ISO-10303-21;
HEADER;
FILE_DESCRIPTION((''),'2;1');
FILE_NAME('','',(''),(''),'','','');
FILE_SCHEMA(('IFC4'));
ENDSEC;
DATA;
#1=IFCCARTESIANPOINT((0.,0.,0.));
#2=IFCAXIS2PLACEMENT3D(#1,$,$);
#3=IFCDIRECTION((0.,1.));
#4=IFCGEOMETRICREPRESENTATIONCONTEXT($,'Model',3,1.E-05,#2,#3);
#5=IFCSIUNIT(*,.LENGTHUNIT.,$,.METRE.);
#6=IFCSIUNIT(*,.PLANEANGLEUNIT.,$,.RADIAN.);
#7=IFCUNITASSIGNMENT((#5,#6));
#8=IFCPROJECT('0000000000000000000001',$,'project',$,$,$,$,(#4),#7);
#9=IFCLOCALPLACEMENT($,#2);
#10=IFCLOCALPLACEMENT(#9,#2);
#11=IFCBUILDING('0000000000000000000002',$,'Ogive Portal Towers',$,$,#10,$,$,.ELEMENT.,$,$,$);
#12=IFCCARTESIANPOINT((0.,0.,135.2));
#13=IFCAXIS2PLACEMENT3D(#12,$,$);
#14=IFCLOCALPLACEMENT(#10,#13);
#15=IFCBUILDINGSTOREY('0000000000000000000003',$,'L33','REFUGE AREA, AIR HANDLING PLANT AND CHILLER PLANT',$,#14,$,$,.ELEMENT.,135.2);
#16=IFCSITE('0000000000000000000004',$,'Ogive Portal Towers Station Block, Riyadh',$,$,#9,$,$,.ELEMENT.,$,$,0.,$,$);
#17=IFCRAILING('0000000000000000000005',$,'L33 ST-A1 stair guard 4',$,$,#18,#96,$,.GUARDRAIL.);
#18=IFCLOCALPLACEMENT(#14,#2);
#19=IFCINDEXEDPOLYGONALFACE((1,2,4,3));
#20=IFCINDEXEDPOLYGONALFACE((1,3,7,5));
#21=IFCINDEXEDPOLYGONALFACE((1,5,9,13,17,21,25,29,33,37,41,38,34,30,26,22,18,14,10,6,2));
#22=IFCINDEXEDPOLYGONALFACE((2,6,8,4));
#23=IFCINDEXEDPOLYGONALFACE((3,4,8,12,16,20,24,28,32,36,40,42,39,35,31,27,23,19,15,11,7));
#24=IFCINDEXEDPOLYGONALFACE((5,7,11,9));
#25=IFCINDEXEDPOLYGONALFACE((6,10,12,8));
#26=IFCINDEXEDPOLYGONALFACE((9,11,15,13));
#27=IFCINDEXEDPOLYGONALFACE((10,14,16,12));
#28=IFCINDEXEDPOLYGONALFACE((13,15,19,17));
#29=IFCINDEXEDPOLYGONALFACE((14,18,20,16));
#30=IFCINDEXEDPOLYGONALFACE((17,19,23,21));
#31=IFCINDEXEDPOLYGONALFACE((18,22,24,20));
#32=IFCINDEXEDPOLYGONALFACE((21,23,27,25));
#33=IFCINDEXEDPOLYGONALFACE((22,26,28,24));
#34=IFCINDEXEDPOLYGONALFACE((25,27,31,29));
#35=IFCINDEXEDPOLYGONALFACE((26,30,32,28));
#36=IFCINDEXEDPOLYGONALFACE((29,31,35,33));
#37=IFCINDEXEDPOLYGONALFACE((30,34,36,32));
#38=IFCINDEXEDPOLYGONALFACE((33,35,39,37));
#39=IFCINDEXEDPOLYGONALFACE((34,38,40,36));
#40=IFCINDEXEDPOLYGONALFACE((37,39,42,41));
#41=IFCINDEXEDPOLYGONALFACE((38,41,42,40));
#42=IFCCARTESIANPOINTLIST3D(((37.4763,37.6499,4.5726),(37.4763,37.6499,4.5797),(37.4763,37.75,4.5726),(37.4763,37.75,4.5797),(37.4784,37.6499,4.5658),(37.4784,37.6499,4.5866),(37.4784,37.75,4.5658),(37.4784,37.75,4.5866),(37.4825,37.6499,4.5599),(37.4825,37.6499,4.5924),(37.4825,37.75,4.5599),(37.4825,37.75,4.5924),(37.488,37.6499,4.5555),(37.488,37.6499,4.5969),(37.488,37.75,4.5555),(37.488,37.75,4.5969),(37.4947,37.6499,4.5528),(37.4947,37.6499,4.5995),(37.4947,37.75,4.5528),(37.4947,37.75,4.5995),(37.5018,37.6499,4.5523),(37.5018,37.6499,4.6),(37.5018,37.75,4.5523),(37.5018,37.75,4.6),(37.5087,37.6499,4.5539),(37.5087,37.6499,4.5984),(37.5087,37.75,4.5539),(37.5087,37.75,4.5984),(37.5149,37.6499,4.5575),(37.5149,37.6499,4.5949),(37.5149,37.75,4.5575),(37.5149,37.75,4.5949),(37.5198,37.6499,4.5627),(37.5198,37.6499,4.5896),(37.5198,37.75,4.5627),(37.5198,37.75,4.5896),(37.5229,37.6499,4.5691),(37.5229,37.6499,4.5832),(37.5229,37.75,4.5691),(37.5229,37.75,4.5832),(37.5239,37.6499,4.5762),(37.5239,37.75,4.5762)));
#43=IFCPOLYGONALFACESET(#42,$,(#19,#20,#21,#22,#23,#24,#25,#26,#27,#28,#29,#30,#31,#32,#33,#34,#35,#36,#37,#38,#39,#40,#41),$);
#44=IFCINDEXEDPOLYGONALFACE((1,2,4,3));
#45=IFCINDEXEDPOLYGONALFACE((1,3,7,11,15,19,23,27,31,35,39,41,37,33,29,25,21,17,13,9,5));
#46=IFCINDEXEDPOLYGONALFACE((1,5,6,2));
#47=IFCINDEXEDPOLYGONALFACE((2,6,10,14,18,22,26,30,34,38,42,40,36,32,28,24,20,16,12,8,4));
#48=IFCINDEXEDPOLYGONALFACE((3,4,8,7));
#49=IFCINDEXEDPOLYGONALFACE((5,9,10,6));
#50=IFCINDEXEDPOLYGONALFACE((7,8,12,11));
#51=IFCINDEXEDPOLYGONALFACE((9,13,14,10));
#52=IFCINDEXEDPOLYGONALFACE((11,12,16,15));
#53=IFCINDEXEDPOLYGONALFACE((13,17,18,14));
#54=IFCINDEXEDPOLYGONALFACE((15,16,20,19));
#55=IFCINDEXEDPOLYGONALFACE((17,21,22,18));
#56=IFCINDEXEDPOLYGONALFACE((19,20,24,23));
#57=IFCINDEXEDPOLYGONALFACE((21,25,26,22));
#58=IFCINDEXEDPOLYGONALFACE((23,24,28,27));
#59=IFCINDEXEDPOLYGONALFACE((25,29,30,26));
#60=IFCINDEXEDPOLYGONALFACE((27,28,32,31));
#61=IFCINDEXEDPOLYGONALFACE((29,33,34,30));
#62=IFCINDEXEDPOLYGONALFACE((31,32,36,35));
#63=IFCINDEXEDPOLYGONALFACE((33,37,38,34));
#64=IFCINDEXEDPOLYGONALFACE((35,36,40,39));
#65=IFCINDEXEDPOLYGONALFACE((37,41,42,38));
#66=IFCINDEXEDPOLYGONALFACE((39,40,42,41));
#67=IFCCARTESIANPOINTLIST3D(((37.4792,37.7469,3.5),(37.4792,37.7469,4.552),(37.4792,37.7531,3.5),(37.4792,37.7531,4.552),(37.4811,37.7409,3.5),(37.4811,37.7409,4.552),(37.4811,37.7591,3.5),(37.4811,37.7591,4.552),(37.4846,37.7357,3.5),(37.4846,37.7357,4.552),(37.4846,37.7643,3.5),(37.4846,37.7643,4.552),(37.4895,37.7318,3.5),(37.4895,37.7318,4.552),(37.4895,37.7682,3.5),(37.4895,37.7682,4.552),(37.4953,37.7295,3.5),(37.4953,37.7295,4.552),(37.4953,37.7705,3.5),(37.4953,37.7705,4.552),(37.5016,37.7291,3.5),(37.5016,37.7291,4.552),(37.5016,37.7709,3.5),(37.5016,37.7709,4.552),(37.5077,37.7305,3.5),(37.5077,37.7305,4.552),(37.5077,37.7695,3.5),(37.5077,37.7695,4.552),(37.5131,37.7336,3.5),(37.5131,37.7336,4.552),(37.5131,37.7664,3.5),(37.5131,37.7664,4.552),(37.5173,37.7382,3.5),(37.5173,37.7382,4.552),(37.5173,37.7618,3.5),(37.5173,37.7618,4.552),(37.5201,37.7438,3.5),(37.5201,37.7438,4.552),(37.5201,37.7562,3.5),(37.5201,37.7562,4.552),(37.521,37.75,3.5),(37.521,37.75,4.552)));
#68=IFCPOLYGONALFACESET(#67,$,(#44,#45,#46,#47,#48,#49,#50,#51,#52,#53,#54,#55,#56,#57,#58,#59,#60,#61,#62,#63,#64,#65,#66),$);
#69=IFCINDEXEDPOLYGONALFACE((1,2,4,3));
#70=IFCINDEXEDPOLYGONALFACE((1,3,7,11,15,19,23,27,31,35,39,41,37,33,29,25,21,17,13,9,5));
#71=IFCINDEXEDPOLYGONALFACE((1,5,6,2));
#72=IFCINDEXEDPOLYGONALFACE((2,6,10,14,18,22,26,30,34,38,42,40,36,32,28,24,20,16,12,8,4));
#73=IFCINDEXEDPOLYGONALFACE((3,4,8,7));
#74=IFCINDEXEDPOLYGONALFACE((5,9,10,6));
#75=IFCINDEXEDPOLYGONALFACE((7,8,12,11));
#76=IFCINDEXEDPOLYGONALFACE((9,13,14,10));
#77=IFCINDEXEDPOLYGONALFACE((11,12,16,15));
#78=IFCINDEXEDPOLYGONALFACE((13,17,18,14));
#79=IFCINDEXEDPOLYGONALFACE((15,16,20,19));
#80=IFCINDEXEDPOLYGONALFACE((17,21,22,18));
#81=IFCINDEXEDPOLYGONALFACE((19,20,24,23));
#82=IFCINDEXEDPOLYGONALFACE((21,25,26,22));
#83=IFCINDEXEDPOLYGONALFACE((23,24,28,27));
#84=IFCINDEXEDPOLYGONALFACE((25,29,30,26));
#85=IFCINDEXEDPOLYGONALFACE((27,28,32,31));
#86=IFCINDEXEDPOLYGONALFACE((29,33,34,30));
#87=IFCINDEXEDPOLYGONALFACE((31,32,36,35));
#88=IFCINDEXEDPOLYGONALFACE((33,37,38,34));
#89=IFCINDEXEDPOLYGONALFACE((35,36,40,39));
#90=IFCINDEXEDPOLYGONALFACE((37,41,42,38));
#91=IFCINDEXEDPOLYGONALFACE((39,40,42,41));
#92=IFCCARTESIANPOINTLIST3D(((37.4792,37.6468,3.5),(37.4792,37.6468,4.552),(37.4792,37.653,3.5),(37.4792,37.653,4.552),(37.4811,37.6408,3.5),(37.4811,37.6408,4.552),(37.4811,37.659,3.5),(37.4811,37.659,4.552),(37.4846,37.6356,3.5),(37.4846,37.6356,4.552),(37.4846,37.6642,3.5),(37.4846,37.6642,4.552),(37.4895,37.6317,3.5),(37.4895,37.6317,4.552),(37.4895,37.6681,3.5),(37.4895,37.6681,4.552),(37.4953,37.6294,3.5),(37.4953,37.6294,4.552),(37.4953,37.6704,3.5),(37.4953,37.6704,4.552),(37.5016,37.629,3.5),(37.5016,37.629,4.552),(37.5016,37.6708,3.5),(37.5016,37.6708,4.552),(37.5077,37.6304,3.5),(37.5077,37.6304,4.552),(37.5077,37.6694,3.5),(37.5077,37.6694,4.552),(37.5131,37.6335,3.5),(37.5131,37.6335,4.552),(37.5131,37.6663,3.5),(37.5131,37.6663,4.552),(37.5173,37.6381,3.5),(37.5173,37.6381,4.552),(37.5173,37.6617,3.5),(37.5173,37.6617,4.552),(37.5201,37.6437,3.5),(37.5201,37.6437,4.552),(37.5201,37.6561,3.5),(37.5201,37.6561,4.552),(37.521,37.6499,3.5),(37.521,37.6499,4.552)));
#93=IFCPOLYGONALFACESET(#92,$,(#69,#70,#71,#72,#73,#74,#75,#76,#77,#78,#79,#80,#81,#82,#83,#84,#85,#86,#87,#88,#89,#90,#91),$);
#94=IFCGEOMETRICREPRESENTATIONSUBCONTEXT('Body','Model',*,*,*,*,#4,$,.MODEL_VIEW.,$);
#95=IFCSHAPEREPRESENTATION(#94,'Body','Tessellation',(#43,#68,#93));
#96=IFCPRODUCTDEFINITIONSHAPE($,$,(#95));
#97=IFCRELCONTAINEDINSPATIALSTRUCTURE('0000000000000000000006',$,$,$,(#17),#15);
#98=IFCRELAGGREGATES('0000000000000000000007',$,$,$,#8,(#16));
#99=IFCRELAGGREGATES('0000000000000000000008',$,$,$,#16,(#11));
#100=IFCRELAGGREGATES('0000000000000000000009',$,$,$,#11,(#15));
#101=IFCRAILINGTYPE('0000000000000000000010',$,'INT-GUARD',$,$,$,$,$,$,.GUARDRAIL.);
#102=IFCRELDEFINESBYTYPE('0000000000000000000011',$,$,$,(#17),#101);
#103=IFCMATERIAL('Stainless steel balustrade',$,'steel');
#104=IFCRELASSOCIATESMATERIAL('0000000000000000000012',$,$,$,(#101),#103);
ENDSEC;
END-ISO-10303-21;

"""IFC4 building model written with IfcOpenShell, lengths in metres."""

from ifc_helpers import new_model, si_unit, direction, frame, origin, origin_2d, place, context, subcontext, project, spatial, circle, extrude, material, type_object, element, save


model = new_model("IFC4")

# Units and contexts
model_context = context("Model", 3, precision=1e-05, world=origin(), true_north=direction((0.0, 1.0)))
body_context = subcontext(model_context, "Body", "Model", "MODEL_VIEW")
ifc_project = project(units=[si_unit("LENGTHUNIT", "METRE"), si_unit("PLANEANGLEUNIT", "RADIAN")], contexts=[model_context])

# Site, building, storey
site_placement = place(None, origin())
site = spatial("IfcSite", under=ifc_project, at=site_placement, Name="Ogive Portal Towers Station Block, Riyadh", CompositionType="ELEMENT", RefElevation=0.0)
building_placement = place(site_placement, origin())
building = spatial("IfcBuilding", under=site, at=building_placement, Name="Ogive Portal Towers", CompositionType="ELEMENT")
storey_placement = place(building_placement, frame((0.0, 0.0, 135.2)))
storey = spatial("IfcBuildingStorey", under=building, at=storey_placement, Name="L33", Description="REFUGE AREA, AIR HANDLING PLANT AND CHILLER PLANT", CompositionType="ELEMENT", Elevation=135.2)

# Railing
ifc_material_1 = material(Name="Stainless steel balustrade", Category="steel")
railing_type_1 = type_object("IfcRailingType", Name="INT-GUARD", PredefinedType="GUARDRAIL", material=ifc_material_1)
railing_1_placement = place(storey_placement, frame((37.5, 37.75, 3.5)))
element("IfcRailing", 1, at=railing_1_placement, inside=storey, type_object=railing_type_1, Name="L33 ST-A1 stair guard 4", PredefinedType="GUARDRAIL", context=body_context, shape_type="SweptSolid", body=[
    extrude(circle(Radius=0.0239, at=origin_2d()), frame((0.0, 0.0, 1.0762), z_axis=(0.0, -1.0, 0.0), x_axis=(1.0, 0.0, 0.0)), (0.0, 0.0, 1.0), 0.1001),
    extrude(circle(Radius=0.021, at=origin_2d()), origin(), (0.0, 0.0, 1.0), 1.052),
    extrude(circle(Radius=0.021, at=origin_2d()), frame((0.0, -0.1001, 0.0)), (0.0, 0.0, 1.0), 1.052),
])

save(model, "model.ifc")
